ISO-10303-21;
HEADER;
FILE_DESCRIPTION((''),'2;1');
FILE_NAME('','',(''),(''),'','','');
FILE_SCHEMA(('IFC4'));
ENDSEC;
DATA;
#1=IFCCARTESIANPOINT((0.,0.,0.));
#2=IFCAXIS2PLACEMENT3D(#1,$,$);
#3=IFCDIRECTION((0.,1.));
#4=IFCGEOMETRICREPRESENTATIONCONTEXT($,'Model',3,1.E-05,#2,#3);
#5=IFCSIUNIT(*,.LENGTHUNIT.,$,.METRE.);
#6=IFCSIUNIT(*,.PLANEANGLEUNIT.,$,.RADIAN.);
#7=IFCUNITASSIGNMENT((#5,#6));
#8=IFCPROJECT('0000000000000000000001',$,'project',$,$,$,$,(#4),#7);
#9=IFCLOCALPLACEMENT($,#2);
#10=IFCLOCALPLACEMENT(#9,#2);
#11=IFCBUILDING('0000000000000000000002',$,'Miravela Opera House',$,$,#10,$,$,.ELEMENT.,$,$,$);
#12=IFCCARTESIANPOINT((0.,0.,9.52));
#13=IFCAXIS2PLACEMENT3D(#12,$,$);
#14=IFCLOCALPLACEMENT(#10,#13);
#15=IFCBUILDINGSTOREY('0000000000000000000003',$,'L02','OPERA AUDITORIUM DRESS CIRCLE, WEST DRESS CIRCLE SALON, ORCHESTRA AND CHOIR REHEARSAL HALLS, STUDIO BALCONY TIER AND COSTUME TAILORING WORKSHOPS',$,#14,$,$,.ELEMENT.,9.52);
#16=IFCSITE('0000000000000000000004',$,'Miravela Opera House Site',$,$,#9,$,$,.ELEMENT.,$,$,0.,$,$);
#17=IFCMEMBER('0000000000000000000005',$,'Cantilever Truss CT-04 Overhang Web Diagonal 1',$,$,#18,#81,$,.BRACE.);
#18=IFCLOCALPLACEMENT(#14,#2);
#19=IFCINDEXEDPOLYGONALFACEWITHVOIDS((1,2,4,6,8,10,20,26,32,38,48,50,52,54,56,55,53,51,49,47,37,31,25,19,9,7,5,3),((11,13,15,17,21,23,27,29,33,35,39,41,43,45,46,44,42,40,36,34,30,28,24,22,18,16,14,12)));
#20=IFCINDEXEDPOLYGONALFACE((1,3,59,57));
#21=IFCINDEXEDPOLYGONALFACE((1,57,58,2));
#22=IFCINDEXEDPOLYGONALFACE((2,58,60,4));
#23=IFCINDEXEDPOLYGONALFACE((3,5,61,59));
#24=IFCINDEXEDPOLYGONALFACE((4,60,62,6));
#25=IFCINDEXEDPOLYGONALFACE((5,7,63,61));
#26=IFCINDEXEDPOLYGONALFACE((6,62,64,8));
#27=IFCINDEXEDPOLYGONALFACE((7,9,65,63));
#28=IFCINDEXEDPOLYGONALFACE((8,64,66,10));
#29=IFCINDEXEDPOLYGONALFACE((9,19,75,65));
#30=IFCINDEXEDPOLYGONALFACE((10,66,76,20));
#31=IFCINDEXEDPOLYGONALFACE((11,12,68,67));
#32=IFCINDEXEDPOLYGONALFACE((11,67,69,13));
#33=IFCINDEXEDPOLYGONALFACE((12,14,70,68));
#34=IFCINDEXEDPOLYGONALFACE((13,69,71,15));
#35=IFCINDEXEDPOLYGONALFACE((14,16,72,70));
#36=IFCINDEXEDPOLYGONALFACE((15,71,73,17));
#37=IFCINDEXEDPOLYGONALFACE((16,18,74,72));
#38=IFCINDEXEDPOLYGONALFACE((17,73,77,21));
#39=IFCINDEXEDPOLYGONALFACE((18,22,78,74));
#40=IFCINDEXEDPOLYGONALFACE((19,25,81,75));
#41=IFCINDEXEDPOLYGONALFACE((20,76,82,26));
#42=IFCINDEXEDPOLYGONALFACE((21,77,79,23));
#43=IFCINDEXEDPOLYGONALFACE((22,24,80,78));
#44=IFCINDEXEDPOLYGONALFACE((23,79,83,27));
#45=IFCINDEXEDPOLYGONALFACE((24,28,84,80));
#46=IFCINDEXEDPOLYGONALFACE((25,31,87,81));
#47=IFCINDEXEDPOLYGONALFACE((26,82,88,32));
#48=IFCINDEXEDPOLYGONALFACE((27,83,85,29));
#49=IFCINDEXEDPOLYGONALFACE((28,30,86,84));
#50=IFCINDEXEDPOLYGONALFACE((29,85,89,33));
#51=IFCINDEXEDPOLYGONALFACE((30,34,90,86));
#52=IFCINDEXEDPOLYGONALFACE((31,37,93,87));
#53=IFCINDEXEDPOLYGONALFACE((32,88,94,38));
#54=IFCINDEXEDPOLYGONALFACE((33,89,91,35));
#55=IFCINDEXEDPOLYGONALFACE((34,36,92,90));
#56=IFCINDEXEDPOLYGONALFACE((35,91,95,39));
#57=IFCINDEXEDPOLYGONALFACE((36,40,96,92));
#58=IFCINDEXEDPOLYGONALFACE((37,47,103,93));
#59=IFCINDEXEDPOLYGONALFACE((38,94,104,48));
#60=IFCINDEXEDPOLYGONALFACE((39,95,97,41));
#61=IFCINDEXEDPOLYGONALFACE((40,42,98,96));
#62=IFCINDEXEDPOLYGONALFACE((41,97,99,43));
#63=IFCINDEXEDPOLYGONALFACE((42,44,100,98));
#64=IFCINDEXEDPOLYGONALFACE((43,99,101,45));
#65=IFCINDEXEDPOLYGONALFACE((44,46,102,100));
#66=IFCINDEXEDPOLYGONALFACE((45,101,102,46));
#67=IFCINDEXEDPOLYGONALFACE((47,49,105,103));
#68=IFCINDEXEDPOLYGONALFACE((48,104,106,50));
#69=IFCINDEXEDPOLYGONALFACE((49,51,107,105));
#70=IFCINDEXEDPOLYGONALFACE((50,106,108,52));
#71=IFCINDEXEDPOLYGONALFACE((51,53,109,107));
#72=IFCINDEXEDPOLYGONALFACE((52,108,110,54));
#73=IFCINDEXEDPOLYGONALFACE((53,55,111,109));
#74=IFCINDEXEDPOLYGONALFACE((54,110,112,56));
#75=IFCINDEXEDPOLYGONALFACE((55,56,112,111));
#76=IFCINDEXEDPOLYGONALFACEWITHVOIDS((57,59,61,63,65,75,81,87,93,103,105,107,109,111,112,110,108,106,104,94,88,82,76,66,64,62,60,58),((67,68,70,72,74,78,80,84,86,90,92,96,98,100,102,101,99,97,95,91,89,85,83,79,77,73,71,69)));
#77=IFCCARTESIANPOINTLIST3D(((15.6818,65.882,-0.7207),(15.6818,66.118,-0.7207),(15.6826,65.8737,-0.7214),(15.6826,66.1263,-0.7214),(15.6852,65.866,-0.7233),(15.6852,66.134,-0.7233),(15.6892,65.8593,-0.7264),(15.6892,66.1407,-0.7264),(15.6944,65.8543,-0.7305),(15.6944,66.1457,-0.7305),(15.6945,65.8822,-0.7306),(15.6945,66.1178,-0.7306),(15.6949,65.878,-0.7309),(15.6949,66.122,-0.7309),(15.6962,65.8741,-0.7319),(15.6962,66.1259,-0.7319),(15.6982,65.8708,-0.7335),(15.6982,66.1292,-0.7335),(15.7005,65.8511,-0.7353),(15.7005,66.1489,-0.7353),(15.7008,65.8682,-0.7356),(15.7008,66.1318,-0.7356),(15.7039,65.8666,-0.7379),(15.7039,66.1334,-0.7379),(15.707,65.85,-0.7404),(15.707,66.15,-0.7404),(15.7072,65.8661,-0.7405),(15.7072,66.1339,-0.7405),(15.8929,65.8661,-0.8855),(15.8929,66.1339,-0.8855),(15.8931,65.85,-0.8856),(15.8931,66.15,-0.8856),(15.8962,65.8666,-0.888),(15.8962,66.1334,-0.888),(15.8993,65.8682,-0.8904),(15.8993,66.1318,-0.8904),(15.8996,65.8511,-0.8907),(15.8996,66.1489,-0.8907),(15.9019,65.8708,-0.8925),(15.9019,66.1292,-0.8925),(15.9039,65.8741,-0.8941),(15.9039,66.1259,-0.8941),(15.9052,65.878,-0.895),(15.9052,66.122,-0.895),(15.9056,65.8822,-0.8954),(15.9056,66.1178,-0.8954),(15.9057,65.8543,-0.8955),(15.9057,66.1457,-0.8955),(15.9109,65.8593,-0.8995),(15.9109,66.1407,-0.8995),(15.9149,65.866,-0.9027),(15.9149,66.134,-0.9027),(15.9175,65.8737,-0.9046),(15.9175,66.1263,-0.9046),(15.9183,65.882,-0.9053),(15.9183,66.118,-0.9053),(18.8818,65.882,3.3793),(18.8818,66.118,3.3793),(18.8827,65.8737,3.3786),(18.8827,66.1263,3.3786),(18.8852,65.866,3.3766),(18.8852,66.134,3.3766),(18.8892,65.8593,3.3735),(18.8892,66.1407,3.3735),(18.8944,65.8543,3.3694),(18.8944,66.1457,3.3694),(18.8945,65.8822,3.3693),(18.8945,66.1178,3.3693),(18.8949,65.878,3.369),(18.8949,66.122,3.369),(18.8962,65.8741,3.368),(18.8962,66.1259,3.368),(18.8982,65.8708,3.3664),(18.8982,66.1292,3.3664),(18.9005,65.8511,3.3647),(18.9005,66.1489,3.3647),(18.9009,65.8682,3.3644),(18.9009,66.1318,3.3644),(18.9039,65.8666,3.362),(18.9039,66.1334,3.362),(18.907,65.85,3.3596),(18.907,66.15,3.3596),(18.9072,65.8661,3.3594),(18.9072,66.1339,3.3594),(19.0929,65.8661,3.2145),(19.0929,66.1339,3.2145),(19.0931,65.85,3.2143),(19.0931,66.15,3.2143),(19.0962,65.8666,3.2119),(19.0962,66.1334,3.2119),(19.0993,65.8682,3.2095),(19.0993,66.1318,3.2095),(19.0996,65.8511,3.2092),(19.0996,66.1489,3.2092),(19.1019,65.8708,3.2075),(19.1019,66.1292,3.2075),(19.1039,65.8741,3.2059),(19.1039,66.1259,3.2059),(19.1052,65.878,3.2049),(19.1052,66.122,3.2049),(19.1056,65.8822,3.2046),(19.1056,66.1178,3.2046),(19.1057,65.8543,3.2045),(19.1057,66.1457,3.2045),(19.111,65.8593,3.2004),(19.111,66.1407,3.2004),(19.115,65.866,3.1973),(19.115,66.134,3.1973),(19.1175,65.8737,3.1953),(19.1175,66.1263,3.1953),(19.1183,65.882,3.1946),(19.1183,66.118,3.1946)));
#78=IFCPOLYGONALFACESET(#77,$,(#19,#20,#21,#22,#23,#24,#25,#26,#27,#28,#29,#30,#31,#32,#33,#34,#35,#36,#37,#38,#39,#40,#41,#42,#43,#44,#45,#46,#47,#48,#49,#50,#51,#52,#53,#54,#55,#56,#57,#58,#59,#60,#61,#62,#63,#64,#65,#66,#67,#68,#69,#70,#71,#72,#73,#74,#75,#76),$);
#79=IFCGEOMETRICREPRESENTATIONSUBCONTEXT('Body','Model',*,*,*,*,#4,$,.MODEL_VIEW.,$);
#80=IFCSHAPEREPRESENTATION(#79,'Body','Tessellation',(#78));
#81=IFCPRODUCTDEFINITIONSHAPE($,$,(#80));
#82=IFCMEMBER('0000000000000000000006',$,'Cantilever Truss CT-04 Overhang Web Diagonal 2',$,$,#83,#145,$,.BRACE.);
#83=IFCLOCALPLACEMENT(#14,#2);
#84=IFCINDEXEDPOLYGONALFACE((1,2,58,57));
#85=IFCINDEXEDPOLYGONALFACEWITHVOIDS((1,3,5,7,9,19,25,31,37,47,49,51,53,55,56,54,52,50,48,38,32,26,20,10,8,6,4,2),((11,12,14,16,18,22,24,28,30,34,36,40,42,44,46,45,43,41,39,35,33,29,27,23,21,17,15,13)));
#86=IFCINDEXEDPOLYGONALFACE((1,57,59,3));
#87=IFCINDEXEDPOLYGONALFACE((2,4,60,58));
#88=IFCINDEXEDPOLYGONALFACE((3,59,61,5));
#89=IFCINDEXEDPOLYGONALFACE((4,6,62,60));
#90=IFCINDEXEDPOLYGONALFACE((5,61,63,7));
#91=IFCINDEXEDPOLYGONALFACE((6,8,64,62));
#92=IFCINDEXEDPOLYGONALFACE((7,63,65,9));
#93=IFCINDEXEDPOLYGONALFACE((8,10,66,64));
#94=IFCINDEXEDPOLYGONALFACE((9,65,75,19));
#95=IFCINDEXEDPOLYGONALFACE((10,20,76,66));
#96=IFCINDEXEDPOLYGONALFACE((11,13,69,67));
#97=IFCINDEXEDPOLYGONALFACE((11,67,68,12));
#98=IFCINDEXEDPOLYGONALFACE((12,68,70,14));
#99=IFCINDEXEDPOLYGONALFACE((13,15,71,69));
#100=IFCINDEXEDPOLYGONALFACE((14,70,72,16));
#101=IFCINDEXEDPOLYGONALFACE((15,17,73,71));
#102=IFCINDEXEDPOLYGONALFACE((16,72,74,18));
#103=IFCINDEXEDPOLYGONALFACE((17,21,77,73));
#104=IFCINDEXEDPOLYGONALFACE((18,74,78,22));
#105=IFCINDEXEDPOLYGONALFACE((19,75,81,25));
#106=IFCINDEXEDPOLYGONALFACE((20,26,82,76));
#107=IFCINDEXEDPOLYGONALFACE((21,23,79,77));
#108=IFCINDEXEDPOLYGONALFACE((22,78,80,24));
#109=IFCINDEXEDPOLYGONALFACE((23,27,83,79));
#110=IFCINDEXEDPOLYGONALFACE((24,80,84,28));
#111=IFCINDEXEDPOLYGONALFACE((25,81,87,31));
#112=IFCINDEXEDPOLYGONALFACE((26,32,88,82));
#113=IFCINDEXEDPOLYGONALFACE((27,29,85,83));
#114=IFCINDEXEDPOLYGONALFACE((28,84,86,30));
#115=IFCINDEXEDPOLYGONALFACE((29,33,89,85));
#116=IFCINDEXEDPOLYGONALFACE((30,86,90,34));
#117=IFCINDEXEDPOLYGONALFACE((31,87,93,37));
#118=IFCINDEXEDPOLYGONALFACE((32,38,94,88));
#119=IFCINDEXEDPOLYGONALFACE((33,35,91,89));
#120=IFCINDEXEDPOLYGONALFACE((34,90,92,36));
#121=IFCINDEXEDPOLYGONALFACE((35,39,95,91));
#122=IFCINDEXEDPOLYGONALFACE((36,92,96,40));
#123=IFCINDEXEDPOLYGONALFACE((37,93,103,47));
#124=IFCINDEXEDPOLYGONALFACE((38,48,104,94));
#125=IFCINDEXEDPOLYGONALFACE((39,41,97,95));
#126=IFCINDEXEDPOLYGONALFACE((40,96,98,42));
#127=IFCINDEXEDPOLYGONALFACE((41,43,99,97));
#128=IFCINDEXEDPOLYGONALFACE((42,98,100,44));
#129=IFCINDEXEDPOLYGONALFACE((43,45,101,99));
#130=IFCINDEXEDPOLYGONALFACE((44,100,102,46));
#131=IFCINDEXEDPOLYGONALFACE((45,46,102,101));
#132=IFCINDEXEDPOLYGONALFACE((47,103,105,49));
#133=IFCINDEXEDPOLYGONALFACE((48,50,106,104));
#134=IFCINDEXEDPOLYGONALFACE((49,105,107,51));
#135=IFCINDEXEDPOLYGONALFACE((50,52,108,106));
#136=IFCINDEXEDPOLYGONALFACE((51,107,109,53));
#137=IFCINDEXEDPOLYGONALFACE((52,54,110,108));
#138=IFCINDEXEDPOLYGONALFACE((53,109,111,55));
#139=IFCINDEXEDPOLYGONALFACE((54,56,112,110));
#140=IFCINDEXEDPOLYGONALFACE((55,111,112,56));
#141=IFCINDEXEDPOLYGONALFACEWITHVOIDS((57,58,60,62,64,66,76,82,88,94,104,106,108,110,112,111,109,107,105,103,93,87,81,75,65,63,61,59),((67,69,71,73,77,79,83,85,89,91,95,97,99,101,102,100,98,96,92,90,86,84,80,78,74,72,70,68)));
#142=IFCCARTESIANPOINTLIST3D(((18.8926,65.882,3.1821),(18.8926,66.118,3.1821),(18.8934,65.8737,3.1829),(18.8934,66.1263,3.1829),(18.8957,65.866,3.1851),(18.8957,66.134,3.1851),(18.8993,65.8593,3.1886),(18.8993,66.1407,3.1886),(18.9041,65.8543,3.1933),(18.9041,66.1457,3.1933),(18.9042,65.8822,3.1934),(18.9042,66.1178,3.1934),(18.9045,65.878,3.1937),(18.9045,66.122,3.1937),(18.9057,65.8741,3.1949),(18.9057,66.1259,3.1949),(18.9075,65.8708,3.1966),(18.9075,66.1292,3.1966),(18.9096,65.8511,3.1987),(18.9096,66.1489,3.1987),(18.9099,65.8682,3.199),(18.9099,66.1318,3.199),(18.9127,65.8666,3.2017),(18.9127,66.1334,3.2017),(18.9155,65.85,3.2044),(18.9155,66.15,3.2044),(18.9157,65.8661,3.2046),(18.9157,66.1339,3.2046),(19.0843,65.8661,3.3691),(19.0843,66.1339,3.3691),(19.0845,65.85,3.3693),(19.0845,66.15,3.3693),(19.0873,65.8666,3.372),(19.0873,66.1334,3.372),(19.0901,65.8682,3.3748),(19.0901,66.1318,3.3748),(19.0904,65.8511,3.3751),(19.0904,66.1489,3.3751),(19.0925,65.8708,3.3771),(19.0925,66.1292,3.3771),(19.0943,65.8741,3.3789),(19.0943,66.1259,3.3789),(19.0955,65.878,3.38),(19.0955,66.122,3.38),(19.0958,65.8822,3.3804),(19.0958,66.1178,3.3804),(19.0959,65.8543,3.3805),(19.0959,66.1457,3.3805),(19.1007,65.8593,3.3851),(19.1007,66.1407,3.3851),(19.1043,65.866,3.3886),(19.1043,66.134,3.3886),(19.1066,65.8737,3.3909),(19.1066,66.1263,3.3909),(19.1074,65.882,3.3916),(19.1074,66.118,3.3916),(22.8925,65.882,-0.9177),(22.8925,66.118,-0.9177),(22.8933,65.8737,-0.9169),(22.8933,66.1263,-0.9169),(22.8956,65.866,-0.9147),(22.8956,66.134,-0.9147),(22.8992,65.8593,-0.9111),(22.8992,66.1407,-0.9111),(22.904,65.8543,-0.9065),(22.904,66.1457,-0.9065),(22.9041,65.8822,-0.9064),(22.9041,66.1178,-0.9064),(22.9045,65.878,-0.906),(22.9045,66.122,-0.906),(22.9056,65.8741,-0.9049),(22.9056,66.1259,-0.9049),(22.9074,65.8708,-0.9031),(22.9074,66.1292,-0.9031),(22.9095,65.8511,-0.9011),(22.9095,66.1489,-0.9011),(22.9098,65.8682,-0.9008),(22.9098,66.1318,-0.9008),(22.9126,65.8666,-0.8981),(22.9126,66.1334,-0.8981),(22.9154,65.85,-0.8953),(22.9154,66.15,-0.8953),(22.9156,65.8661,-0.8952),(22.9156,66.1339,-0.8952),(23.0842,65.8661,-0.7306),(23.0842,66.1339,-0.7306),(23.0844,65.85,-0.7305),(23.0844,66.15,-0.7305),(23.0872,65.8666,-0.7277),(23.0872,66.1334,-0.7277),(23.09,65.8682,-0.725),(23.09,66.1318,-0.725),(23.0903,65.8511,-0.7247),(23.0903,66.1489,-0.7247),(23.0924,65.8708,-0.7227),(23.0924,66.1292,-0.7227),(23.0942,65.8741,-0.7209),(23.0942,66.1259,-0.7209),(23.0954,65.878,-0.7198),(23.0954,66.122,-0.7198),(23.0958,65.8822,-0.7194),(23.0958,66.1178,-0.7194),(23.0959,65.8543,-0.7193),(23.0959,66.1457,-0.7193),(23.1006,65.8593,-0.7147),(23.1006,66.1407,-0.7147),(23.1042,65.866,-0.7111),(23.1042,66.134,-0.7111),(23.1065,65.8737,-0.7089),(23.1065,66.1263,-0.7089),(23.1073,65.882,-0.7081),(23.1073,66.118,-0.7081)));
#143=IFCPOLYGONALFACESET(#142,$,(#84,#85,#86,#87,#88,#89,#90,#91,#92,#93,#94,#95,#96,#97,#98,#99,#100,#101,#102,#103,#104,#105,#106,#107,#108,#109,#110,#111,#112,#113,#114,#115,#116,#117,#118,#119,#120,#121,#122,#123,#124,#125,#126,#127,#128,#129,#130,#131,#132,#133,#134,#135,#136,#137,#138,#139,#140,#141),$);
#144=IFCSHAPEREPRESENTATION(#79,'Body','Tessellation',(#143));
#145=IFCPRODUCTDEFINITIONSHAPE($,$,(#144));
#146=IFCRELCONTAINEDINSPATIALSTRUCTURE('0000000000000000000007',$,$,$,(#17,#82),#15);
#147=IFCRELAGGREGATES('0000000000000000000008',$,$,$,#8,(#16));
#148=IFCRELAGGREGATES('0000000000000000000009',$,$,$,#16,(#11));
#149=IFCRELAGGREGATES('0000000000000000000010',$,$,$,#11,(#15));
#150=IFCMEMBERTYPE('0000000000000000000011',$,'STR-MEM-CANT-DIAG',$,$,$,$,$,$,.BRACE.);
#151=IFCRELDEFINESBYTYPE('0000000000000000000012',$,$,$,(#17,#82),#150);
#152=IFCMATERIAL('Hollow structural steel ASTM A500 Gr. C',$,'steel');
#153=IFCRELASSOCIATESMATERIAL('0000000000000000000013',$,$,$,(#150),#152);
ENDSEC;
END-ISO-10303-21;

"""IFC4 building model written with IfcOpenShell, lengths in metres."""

from ifc_helpers import new_model, si_unit, direction, frame, origin, origin_2d, place, context, subcontext, project, spatial, hollow_rectangle, extrude, material, material_profile, profile_set, type_object, element, save


model = new_model("IFC4")

# Units and contexts
model_context = context("Model", 3, precision=1e-05, world=origin(), true_north=direction((0.0, 1.0)))
body_context = subcontext(model_context, "Body", "Model", "MODEL_VIEW")
ifc_project = project(units=[si_unit("LENGTHUNIT", "METRE"), si_unit("PLANEANGLEUNIT", "RADIAN")], contexts=[model_context])

# Site, building, storey
site_placement = place(None, origin())
site = spatial("IfcSite", under=ifc_project, at=site_placement, Name="Miravela Opera House Site", CompositionType="ELEMENT", RefElevation=0.0)
building_placement = place(site_placement, origin())
building = spatial("IfcBuilding", under=site, at=building_placement, Name="Miravela Opera House", CompositionType="ELEMENT")
storey_placement = place(building_placement, frame((0.0, 0.0, 9.52)))
storey = spatial("IfcBuildingStorey", under=building, at=storey_placement, Name="L02", Description="OPERA AUDITORIUM DRESS CIRCLE, WEST DRESS CIRCLE SALON, ORCHESTRA AND CHOIR REHEARSAL HALLS, STUDIO BALCONY TIER AND COSTUME TAILORING WORKSHOPS", CompositionType="ELEMENT", Elevation=9.52)

# Members
ifc_material_1 = material(Name="Hollow structural steel ASTM A500 Gr. C", Category="steel")
ifc_material_profile_1 = material_profile(ifc_material_1, hollow_rectangle(XDim=0.3, YDim=0.3, WallThickness=0.0161, InnerFilletRadius=0.0161, OuterFilletRadius=0.032, at=origin_2d()), Name="HSS300X300X16")
ifc_profile_set_1 = profile_set([ifc_material_profile_1])
member_type_1 = type_object("IfcMemberType", Name="STR-MEM-CANT-DIAG", PredefinedType="BRACE", material=ifc_profile_set_1)
member_1_placement = place(storey_placement, frame((15.8, 66.0, -0.813), z_axis=(0.615279, 0.0, 0.78831), x_axis=(0.0, 1.0, 0.0)))
element("IfcMember", 1, at=member_1_placement, inside=storey, type_object=member_type_1, Name="Cantilever Truss CT-04 Overhang Web Diagonal 1", PredefinedType="BRACE", context=body_context, shape_type="SweptSolid", body=[
    extrude(hollow_rectangle(XDim=0.3, YDim=0.3, WallThickness=0.0161, InnerFilletRadius=0.0161, OuterFilletRadius=0.032, at=origin_2d()), origin(), (0.0, 0.0, 1.0), 5.2009),
])
member_2_placement = place(storey_placement, frame((19.0, 66.0, 3.2869), z_axis=(0.698337, 0.0, -0.715769), x_axis=(0.0, 1.0, 0.0)))
element("IfcMember", 2, at=member_2_placement, inside=storey, type_object=member_type_1, Name="Cantilever Truss CT-04 Overhang Web Diagonal 2", PredefinedType="BRACE", context=body_context, shape_type="SweptSolid", body=[
    extrude(hollow_rectangle(XDim=0.3, YDim=0.3, WallThickness=0.0161, InnerFilletRadius=0.0161, OuterFilletRadius=0.032, at=origin_2d()), origin(), (0.0, 0.0, 1.0), 5.7278),
])

save(model, "model.ifc")
